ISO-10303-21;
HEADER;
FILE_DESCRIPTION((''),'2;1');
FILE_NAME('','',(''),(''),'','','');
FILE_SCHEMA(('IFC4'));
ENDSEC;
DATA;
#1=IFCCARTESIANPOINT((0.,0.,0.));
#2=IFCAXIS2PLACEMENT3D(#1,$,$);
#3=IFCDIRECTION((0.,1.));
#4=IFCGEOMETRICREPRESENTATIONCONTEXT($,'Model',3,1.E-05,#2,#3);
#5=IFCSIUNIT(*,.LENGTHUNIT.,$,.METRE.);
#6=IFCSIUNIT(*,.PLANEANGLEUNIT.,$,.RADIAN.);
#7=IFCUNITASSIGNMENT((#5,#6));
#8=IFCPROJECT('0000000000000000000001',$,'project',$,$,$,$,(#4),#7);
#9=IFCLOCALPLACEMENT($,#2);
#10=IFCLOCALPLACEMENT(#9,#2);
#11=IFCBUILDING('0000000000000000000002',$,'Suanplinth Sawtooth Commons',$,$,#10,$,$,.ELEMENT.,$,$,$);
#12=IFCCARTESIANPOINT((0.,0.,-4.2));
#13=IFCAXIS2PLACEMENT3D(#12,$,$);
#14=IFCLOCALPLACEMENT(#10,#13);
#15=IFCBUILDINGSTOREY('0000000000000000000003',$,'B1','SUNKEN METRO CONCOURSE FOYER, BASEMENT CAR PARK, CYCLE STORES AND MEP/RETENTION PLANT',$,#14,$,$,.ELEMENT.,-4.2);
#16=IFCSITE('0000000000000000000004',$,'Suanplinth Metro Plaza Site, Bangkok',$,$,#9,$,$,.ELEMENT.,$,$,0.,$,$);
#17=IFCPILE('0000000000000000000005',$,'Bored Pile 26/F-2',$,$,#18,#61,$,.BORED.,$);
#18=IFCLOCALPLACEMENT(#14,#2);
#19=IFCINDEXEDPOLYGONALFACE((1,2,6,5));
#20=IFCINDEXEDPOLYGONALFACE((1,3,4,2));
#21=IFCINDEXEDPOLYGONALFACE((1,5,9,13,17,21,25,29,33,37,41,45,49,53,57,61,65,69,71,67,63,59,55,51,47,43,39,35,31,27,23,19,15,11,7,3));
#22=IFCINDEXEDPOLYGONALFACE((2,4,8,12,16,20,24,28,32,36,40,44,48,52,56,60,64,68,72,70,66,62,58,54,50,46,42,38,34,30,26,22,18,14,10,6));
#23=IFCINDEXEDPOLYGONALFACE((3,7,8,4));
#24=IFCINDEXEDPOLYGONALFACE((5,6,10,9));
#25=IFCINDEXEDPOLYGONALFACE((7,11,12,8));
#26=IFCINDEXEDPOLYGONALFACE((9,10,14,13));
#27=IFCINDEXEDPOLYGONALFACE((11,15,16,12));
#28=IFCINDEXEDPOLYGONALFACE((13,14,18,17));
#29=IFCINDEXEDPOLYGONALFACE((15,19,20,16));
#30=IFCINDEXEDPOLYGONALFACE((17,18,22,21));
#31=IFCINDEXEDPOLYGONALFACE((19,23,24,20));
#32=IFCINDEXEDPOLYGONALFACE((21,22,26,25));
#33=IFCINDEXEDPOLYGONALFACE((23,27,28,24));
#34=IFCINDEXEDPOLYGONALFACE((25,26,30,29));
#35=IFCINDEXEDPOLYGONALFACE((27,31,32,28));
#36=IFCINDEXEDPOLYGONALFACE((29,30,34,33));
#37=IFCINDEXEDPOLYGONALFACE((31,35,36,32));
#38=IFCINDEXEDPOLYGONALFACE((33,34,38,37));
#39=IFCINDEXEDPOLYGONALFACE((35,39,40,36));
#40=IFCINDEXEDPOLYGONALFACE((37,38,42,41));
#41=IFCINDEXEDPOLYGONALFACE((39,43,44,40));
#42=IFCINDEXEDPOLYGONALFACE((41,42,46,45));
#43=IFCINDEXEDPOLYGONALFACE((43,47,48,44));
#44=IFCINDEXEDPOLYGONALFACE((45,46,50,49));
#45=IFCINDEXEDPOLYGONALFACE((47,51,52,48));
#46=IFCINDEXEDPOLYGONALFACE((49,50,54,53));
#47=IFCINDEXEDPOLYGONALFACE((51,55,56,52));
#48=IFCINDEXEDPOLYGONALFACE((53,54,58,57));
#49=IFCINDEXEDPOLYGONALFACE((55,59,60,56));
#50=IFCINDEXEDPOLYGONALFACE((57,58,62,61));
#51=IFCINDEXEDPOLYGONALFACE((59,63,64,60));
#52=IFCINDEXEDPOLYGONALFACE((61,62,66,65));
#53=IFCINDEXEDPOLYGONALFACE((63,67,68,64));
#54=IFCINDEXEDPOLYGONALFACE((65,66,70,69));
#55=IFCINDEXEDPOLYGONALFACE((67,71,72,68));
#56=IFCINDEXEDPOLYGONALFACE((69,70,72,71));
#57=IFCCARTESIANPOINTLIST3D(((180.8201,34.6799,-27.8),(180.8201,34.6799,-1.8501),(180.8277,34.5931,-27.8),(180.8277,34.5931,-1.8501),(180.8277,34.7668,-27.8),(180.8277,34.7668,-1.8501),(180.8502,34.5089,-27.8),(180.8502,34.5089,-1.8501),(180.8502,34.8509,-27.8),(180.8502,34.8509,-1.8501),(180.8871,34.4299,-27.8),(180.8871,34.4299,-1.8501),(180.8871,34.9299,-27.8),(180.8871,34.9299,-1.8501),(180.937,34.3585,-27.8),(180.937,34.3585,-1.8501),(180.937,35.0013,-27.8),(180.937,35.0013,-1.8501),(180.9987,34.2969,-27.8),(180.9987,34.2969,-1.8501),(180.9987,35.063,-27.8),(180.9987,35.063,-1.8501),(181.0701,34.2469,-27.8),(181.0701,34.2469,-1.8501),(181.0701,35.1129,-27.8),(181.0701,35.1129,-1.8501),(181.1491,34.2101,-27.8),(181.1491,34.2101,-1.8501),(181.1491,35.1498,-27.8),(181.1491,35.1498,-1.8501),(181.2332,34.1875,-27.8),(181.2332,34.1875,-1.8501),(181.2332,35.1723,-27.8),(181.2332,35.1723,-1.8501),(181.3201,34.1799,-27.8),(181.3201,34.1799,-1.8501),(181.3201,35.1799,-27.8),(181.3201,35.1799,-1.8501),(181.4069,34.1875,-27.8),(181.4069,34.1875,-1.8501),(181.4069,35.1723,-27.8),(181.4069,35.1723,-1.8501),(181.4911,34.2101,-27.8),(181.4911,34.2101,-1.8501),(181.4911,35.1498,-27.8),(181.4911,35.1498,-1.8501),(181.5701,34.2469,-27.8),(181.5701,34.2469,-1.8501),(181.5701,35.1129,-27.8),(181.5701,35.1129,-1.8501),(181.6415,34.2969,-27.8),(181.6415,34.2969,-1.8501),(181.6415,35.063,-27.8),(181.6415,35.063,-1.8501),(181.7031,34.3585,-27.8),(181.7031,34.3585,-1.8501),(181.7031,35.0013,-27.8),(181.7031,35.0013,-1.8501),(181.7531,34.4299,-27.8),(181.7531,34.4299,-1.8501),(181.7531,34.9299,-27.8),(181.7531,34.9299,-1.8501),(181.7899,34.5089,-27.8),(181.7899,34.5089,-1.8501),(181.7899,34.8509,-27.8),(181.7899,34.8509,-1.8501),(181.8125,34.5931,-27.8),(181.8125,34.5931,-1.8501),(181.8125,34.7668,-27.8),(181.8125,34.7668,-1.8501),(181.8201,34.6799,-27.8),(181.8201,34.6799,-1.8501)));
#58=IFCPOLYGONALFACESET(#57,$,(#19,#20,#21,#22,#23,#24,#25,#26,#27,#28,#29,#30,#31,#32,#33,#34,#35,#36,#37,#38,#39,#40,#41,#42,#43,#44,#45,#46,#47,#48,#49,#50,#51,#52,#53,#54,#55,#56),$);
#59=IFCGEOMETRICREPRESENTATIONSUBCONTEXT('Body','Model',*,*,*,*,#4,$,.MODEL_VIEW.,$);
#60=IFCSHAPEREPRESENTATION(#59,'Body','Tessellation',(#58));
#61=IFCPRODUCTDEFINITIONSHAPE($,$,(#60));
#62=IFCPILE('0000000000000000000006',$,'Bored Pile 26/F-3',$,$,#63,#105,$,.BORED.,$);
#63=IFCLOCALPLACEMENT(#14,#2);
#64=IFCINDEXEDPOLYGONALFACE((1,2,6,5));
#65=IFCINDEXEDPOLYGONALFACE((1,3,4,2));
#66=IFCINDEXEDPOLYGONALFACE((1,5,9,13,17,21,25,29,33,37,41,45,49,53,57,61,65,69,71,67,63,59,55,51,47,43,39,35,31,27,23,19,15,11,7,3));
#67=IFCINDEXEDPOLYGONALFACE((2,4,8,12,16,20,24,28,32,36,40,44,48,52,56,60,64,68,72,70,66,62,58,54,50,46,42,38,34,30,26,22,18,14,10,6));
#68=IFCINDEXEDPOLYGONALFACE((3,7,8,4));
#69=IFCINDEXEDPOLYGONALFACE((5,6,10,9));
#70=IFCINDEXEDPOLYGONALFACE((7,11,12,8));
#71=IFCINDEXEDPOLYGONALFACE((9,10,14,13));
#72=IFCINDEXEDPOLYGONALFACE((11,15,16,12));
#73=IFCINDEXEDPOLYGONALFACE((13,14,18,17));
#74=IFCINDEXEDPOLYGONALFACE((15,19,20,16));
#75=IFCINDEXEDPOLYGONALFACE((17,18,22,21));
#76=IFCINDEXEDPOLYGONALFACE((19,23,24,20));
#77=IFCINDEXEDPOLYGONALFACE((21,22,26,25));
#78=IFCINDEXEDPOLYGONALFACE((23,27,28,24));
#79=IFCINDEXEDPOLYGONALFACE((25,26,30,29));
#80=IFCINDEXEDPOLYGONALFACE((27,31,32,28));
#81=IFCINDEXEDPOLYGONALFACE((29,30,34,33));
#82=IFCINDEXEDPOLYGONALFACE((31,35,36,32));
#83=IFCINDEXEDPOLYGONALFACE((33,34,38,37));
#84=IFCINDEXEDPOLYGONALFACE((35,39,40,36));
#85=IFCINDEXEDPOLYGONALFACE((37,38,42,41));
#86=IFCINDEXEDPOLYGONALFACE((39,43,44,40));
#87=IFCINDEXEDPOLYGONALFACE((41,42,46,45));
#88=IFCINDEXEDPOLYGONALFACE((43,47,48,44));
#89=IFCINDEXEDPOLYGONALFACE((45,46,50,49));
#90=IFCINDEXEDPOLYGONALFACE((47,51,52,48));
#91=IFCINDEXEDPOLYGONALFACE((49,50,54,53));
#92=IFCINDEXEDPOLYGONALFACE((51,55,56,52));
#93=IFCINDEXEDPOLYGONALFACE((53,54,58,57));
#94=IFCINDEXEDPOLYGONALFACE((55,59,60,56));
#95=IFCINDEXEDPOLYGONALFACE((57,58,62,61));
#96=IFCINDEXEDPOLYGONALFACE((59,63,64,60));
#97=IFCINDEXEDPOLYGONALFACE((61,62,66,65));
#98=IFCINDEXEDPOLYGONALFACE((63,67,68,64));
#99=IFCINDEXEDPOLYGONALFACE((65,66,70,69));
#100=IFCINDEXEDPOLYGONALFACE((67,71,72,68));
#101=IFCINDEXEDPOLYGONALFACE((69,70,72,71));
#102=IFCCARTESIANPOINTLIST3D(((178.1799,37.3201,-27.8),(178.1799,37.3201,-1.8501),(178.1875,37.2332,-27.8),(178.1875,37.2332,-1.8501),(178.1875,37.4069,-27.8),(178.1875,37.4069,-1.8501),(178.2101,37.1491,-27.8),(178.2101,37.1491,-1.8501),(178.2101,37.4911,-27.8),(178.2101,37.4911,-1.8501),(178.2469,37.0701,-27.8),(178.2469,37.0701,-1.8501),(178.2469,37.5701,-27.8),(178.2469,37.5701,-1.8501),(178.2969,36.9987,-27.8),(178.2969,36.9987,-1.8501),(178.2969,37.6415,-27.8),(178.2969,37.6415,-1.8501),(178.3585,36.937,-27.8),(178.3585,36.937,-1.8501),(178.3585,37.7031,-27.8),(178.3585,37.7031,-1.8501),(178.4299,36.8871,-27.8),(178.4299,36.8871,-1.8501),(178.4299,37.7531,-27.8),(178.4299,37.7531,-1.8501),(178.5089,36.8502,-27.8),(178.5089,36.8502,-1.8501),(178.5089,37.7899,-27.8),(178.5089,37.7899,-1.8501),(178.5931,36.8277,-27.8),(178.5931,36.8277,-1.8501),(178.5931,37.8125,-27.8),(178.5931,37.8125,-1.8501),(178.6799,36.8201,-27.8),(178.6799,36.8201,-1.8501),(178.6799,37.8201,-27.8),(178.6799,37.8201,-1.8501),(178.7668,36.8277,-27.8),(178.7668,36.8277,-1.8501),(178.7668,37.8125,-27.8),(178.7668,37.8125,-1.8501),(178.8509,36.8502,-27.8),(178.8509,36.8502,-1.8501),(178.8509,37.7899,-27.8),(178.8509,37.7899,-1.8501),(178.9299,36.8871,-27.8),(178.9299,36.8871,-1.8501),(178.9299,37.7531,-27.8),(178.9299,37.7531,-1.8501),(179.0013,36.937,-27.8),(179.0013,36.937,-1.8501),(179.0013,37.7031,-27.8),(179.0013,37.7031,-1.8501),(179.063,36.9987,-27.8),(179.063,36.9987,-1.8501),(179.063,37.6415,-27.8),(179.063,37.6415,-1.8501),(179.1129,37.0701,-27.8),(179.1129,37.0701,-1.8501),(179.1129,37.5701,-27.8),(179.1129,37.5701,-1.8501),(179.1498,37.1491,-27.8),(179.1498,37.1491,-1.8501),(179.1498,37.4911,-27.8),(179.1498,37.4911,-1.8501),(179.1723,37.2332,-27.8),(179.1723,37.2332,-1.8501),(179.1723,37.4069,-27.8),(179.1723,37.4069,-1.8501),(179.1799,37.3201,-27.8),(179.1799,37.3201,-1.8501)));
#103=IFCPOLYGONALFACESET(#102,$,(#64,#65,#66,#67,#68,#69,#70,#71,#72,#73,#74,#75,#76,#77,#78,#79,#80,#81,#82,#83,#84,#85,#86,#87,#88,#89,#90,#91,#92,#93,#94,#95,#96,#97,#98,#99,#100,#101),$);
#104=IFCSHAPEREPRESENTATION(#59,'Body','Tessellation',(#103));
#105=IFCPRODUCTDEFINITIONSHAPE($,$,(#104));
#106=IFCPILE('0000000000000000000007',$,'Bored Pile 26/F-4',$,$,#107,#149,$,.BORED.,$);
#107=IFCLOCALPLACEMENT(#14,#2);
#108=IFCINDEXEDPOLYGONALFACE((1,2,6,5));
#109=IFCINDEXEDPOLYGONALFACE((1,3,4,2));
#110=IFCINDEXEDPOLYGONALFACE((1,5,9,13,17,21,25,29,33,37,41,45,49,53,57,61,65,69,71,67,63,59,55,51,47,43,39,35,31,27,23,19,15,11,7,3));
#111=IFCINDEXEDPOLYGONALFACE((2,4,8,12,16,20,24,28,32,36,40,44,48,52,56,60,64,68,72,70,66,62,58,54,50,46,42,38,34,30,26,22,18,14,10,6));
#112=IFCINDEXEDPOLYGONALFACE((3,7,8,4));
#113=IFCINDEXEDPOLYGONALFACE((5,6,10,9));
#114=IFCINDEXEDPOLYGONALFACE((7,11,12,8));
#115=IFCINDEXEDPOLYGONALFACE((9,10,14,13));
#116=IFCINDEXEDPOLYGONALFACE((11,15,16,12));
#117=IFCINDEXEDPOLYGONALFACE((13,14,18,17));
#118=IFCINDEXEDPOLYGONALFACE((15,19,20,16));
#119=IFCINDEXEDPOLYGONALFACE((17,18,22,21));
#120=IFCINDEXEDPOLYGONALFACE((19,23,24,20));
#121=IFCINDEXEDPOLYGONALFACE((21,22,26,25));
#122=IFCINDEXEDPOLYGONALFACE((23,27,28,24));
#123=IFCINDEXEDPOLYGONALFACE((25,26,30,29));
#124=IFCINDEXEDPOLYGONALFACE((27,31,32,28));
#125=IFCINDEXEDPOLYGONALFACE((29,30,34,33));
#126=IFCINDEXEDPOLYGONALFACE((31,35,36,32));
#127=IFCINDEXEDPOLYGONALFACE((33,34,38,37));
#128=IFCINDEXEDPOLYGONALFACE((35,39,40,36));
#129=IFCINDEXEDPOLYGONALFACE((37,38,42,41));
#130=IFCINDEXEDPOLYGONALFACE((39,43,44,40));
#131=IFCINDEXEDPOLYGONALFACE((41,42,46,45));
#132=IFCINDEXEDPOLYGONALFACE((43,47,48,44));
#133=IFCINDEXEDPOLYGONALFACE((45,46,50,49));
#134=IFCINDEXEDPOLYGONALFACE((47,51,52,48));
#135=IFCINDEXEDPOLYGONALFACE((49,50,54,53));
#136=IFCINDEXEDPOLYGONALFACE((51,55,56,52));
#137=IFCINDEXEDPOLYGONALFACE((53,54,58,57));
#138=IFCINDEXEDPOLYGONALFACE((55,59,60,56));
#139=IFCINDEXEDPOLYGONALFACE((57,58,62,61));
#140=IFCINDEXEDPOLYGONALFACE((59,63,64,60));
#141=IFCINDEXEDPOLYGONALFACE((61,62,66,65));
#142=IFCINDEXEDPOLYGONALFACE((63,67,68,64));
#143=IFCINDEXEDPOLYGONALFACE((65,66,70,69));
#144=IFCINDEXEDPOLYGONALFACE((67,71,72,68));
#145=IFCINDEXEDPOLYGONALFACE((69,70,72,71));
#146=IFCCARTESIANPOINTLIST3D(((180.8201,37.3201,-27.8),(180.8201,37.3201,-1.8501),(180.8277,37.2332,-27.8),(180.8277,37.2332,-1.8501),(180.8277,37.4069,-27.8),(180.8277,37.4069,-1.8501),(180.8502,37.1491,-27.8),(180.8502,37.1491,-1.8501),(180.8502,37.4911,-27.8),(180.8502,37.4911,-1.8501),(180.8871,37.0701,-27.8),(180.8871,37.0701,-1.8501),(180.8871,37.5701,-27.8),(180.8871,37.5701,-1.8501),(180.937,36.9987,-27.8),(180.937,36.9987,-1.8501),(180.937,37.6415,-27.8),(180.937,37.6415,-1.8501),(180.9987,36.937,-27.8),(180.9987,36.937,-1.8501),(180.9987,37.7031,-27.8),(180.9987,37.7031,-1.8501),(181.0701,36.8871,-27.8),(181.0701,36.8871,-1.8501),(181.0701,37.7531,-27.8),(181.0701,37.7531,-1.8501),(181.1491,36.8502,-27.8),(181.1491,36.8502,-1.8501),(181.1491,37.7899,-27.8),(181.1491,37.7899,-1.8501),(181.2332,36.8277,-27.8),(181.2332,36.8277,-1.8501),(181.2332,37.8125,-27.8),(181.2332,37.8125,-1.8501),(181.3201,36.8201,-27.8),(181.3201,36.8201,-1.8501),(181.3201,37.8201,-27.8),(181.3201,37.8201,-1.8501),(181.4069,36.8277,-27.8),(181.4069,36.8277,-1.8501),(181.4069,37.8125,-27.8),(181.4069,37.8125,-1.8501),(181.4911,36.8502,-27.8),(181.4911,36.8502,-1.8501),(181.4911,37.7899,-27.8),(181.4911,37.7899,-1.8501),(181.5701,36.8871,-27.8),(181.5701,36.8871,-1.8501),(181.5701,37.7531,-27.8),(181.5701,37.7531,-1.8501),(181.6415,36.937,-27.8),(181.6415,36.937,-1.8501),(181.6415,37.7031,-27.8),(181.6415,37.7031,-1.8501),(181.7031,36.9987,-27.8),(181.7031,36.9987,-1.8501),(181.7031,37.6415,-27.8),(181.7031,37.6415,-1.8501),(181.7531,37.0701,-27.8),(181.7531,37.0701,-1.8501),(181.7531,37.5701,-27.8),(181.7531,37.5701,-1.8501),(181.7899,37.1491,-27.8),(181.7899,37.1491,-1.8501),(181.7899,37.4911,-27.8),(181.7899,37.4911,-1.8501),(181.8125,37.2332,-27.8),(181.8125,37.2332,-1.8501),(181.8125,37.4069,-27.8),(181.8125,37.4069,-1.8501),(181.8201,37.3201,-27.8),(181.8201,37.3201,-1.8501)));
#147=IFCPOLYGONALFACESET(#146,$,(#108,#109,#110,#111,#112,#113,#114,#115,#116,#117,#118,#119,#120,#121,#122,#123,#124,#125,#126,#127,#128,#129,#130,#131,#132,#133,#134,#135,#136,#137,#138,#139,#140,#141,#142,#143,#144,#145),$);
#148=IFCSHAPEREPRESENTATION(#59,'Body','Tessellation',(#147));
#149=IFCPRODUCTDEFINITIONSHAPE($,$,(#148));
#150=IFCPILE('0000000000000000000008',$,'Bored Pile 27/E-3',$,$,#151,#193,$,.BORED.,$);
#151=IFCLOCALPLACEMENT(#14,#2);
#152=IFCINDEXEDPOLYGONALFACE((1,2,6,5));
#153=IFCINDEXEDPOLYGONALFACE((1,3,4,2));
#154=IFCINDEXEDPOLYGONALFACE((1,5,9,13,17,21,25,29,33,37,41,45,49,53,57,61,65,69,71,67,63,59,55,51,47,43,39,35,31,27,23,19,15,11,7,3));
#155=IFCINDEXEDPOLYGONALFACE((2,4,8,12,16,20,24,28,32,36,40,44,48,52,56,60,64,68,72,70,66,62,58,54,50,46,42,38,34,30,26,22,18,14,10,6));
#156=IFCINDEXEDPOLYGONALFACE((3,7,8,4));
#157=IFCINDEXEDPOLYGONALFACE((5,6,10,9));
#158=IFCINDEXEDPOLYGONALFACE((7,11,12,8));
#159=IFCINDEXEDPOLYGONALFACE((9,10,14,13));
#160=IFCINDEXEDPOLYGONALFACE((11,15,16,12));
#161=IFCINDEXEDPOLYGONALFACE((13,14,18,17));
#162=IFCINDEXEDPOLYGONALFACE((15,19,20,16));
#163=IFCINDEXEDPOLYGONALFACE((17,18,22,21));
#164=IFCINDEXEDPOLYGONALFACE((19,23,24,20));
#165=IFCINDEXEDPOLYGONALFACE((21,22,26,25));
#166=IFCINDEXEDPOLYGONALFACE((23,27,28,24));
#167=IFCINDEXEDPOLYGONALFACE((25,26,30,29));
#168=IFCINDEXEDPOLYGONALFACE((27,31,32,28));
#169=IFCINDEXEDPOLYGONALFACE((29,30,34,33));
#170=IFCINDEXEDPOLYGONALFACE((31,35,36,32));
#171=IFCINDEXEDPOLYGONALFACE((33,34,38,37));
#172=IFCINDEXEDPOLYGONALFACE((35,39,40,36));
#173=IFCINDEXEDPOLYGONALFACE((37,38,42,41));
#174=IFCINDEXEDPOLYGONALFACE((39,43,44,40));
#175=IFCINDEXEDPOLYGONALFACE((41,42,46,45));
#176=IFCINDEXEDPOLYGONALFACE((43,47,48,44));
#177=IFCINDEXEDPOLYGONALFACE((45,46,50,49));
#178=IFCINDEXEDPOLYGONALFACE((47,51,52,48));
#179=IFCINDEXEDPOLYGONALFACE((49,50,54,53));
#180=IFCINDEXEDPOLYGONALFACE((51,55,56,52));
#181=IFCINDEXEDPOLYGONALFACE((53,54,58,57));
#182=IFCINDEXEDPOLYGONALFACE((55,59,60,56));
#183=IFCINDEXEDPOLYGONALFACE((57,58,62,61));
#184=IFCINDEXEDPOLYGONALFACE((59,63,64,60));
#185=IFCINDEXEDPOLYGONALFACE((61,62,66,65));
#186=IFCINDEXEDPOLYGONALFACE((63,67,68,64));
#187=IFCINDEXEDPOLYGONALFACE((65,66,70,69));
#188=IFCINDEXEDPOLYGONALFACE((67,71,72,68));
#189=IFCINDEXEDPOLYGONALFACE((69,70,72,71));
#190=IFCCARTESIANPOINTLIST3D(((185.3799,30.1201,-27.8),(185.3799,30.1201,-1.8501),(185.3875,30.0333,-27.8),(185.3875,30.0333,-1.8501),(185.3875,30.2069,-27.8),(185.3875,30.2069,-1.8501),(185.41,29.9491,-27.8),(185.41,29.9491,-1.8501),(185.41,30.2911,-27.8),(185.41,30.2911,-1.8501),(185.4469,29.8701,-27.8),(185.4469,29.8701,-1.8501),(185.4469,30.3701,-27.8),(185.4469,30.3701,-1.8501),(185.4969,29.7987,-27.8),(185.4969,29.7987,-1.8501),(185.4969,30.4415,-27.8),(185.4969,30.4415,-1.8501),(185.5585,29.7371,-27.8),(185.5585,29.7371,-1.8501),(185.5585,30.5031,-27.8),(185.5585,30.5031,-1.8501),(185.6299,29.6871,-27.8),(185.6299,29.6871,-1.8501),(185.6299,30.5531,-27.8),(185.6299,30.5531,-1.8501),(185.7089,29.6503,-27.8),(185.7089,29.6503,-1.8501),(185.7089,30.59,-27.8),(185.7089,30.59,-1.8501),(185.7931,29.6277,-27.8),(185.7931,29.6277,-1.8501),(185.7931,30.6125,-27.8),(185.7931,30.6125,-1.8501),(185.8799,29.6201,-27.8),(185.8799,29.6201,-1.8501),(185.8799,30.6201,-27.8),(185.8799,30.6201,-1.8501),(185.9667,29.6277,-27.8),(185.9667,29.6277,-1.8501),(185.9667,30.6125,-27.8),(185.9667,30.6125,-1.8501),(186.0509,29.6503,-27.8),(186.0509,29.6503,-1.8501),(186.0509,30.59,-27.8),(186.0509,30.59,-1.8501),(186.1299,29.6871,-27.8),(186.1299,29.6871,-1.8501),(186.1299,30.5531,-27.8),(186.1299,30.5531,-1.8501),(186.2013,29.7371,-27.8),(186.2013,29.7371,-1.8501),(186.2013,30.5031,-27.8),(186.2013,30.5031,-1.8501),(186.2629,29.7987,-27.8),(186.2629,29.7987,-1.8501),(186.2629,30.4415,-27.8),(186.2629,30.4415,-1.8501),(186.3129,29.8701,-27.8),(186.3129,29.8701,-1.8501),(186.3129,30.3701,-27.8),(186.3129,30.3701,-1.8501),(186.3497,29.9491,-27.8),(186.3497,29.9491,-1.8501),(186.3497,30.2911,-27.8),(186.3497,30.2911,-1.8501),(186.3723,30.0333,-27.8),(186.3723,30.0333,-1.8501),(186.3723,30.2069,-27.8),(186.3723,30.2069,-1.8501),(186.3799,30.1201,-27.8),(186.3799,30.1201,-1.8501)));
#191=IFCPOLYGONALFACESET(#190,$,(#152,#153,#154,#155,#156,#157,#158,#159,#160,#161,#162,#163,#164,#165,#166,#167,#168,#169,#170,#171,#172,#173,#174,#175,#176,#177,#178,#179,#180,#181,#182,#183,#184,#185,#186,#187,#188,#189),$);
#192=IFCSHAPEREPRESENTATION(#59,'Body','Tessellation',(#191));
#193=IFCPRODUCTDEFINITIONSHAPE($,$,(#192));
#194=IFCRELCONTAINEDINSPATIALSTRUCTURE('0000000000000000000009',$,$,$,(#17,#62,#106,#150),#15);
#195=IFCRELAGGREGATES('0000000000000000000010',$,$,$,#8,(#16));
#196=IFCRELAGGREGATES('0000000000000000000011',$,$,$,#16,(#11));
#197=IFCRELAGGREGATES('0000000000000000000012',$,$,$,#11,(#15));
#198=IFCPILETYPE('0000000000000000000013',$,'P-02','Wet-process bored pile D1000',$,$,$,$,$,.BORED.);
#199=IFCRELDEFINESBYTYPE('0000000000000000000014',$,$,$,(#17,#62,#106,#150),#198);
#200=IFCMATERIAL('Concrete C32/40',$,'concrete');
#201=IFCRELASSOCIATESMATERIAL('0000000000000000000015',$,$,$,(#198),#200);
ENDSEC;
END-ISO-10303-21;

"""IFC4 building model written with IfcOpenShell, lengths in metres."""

from ifc_helpers import new_model, si_unit, direction, frame, origin, origin_2d, place, context, subcontext, project, spatial, circle, extrude, material, material_profile, profile_set, type_object, element, save


model = new_model("IFC4")

# Units and contexts
model_context = context("Model", 3, precision=1e-05, world=origin(), true_north=direction((0.0, 1.0)))
body_context = subcontext(model_context, "Body", "Model", "MODEL_VIEW")
ifc_project = project(units=[si_unit("LENGTHUNIT", "METRE"), si_unit("PLANEANGLEUNIT", "RADIAN")], contexts=[model_context])

# Site, building, storey
site_placement = place(None, origin())
site = spatial("IfcSite", under=ifc_project, at=site_placement, Name="Suanplinth Metro Plaza Site, Bangkok", CompositionType="ELEMENT", RefElevation=0.0)
building_placement = place(site_placement, origin())
building = spatial("IfcBuilding", under=site, at=building_placement, Name="Suanplinth Sawtooth Commons", CompositionType="ELEMENT")
storey_placement = place(building_placement, frame((0.0, 0.0, -4.2)))
storey = spatial("IfcBuildingStorey", under=building, at=storey_placement, Name="B1", Description="SUNKEN METRO CONCOURSE FOYER, BASEMENT CAR PARK, CYCLE STORES AND MEP/RETENTION PLANT", CompositionType="ELEMENT", Elevation=-4.2)

# Piles
ifc_material_1 = material(Name="Concrete C32/40", Category="concrete")
ifc_material_profile_1 = material_profile(ifc_material_1, circle(Radius=0.5, at=origin_2d()), Name="PILE D1000")
ifc_profile_set_1 = profile_set([ifc_material_profile_1], Name="Concrete C32/40")
pile_type = type_object("IfcPileType", Name="P-02", Description="Wet-process bored pile D1000", PredefinedType="BORED", material=ifc_profile_set_1)
for number, where, z_axis, x_axis, name in (
    (1, (181.3201, 34.6799, -1.8501), (0.0, 0.0, -1.0), (1.0, 0.0, 0.0), "Bored Pile 26/F-2"),
    (2, (178.6799, 37.3201, -1.8501), (0.0, 0.0, -1.0), (1.0, 0.0, 0.0), "Bored Pile 26/F-3"),
    (3, (181.3201, 37.3201, -1.8501), (0.0, 0.0, -1.0), (1.0, 0.0, 0.0), "Bored Pile 26/F-4"),
    (4, (185.8799, 30.1201, -1.8501), (0.0, 0.0, -1.0), (1.0, 0.0, 0.0), "Bored Pile 27/E-3"),
):
    element("IfcPile", number, at=place(storey_placement, frame(where, z_axis=z_axis, x_axis=x_axis)), inside=storey, type_object=pile_type, Name=name, PredefinedType="BORED", context=body_context, shape_type="SweptSolid", body=[
        extrude(circle(Radius=0.5, at=origin_2d()), origin(), (0.0, 0.0, 1.0), 25.95),
    ])

save(model, "model.ifc")
